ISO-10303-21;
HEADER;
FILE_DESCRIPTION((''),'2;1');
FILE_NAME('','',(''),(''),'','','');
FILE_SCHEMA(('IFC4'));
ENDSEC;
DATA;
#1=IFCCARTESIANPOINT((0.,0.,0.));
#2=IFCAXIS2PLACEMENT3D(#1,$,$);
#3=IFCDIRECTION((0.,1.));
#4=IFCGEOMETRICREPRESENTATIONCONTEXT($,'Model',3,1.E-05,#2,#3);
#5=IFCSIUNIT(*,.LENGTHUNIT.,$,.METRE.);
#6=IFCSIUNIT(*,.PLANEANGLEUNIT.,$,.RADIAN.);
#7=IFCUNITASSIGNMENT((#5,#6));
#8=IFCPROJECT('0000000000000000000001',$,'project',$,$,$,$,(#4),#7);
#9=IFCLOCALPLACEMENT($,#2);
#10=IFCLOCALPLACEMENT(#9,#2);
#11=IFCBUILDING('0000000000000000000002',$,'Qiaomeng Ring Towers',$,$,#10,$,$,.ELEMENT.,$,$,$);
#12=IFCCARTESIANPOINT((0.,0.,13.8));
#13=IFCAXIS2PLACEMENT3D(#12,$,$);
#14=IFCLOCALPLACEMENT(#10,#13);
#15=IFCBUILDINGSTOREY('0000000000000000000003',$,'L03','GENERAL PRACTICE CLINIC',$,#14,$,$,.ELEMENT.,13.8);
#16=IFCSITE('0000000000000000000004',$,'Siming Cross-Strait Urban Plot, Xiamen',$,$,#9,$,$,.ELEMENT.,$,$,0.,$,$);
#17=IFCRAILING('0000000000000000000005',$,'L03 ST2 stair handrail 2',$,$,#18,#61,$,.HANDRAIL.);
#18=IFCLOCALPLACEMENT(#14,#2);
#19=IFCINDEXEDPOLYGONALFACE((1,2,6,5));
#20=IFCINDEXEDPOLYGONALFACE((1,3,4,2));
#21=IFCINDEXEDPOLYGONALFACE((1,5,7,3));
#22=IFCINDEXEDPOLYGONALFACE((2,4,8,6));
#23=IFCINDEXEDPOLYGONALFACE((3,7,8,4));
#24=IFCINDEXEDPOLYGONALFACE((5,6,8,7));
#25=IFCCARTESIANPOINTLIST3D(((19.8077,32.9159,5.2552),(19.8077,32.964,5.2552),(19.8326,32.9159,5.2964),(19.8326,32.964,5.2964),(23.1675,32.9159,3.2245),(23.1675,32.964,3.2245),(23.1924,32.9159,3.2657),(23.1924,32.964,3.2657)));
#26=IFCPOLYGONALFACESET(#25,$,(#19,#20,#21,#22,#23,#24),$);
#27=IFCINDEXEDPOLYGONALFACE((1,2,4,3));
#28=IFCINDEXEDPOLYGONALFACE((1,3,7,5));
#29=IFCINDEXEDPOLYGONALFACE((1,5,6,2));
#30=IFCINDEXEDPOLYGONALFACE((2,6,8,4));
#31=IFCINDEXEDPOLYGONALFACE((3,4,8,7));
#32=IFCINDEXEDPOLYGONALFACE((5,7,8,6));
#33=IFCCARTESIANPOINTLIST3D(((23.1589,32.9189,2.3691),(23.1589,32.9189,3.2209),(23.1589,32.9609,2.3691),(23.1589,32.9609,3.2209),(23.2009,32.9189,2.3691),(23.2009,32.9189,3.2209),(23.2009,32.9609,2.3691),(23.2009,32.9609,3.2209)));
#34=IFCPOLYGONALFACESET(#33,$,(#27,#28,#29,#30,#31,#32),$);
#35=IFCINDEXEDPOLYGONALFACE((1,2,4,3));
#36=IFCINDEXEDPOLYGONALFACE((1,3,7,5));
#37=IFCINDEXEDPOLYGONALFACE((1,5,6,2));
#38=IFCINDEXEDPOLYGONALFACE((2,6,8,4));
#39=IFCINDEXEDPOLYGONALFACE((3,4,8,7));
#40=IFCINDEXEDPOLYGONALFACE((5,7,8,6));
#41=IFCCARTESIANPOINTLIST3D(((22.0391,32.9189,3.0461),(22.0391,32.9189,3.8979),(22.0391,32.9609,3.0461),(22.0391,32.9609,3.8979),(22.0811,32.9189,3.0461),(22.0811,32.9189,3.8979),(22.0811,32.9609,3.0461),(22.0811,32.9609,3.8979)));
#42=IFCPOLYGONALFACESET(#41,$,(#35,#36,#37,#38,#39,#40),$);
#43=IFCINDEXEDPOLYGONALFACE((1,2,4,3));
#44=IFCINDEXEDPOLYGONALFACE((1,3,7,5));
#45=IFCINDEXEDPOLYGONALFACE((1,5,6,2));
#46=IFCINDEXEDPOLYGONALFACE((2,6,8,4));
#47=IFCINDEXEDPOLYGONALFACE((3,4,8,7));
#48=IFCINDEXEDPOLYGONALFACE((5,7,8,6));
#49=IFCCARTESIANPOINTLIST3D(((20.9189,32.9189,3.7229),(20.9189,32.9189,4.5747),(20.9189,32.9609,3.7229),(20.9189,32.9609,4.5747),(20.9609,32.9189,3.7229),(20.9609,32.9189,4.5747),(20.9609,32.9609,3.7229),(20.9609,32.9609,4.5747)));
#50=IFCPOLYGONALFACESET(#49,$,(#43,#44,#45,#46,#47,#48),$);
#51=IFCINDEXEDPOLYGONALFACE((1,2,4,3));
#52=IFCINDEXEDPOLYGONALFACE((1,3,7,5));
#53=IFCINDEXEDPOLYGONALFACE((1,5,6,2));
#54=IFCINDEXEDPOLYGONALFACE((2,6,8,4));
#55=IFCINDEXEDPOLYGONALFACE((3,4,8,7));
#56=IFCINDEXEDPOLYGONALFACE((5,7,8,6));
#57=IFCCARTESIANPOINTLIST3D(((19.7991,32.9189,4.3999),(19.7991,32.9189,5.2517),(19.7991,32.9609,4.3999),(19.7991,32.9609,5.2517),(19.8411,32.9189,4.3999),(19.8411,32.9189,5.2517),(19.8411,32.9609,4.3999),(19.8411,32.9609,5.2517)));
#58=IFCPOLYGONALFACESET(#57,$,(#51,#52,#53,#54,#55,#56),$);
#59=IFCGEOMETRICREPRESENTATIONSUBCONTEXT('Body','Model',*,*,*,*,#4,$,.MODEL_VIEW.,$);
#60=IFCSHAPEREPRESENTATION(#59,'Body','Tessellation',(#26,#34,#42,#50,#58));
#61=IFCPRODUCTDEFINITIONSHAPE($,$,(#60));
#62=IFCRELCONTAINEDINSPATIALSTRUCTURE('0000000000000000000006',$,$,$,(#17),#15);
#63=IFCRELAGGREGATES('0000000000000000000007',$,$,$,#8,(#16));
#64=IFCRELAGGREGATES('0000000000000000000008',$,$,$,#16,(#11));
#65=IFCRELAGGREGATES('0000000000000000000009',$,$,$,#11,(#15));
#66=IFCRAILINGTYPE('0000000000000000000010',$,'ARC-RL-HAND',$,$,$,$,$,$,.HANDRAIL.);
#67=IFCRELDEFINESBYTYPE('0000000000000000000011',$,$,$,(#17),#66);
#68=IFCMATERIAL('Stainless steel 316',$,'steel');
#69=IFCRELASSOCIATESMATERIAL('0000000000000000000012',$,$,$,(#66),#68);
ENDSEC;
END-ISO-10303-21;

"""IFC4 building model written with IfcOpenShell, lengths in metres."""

from ifc_helpers import new_model, si_unit, direction, frame, origin, origin_2d, place, context, subcontext, project, spatial, rectangle, extrude, material, type_object, element, save


model = new_model("IFC4")

# Units and contexts
model_context = context("Model", 3, precision=1e-05, world=origin(), true_north=direction((0.0, 1.0)))
body_context = subcontext(model_context, "Body", "Model", "MODEL_VIEW")
ifc_project = project(units=[si_unit("LENGTHUNIT", "METRE"), si_unit("PLANEANGLEUNIT", "RADIAN")], contexts=[model_context])

# Site, building, storey
site_placement = place(None, origin())
site = spatial("IfcSite", under=ifc_project, at=site_placement, Name="Siming Cross-Strait Urban Plot, Xiamen", CompositionType="ELEMENT", RefElevation=0.0)
building_placement = place(site_placement, origin())
building = spatial("IfcBuilding", under=site, at=building_placement, Name="Qiaomeng Ring Towers", CompositionType="ELEMENT")
storey_placement = place(building_placement, frame((0.0, 0.0, 13.8)))
storey = spatial("IfcBuildingStorey", under=building, at=storey_placement, Name="L03", Description="GENERAL PRACTICE CLINIC", CompositionType="ELEMENT", Elevation=13.8)

# Railing
ifc_material_1 = material(Name="Stainless steel 316", Category="steel")
railing_type = type_object("IfcRailingType", Name="ARC-RL-HAND", PredefinedType="HANDRAIL", material=ifc_material_1)
for number, where, name in (
    (1, (23.1799, 32.9399, 2.3691), "L03 ST2 stair handrail 2"),
):
    element("IfcRailing", number, at=place(storey_placement, frame(where)), inside=storey, type_object=railing_type, Name=name, PredefinedType="HANDRAIL", context=body_context, shape_type="SweptSolid", body=[
        extrude(rectangle(XDim=0.0481, YDim=0.0481, at=origin_2d()), frame((0.0, 0.0, 0.876), z_axis=(-0.85582, 0.0, 0.517273), x_axis=(0.0, -1.0, 0.0)), (0.0, 0.0, 1.0), 3.9258),
        extrude(rectangle(XDim=0.042, YDim=0.042, at=origin_2d()), origin(), (0.0, 0.0, 1.0), 0.8518),
        extrude(rectangle(XDim=0.042, YDim=0.042, at=origin_2d()), frame((-1.1199, 0.0, 0.677)), (0.0, 0.0, 1.0), 0.8518),
        extrude(rectangle(XDim=0.042, YDim=0.042, at=origin_2d()), frame((-2.24, 0.0, 1.3538)), (0.0, 0.0, 1.0), 0.8518),
        extrude(rectangle(XDim=0.042, YDim=0.042, at=origin_2d()), frame((-3.3599, 0.0, 2.0308)), (0.0, 0.0, 1.0), 0.8518),
    ])

save(model, "model.ifc")
